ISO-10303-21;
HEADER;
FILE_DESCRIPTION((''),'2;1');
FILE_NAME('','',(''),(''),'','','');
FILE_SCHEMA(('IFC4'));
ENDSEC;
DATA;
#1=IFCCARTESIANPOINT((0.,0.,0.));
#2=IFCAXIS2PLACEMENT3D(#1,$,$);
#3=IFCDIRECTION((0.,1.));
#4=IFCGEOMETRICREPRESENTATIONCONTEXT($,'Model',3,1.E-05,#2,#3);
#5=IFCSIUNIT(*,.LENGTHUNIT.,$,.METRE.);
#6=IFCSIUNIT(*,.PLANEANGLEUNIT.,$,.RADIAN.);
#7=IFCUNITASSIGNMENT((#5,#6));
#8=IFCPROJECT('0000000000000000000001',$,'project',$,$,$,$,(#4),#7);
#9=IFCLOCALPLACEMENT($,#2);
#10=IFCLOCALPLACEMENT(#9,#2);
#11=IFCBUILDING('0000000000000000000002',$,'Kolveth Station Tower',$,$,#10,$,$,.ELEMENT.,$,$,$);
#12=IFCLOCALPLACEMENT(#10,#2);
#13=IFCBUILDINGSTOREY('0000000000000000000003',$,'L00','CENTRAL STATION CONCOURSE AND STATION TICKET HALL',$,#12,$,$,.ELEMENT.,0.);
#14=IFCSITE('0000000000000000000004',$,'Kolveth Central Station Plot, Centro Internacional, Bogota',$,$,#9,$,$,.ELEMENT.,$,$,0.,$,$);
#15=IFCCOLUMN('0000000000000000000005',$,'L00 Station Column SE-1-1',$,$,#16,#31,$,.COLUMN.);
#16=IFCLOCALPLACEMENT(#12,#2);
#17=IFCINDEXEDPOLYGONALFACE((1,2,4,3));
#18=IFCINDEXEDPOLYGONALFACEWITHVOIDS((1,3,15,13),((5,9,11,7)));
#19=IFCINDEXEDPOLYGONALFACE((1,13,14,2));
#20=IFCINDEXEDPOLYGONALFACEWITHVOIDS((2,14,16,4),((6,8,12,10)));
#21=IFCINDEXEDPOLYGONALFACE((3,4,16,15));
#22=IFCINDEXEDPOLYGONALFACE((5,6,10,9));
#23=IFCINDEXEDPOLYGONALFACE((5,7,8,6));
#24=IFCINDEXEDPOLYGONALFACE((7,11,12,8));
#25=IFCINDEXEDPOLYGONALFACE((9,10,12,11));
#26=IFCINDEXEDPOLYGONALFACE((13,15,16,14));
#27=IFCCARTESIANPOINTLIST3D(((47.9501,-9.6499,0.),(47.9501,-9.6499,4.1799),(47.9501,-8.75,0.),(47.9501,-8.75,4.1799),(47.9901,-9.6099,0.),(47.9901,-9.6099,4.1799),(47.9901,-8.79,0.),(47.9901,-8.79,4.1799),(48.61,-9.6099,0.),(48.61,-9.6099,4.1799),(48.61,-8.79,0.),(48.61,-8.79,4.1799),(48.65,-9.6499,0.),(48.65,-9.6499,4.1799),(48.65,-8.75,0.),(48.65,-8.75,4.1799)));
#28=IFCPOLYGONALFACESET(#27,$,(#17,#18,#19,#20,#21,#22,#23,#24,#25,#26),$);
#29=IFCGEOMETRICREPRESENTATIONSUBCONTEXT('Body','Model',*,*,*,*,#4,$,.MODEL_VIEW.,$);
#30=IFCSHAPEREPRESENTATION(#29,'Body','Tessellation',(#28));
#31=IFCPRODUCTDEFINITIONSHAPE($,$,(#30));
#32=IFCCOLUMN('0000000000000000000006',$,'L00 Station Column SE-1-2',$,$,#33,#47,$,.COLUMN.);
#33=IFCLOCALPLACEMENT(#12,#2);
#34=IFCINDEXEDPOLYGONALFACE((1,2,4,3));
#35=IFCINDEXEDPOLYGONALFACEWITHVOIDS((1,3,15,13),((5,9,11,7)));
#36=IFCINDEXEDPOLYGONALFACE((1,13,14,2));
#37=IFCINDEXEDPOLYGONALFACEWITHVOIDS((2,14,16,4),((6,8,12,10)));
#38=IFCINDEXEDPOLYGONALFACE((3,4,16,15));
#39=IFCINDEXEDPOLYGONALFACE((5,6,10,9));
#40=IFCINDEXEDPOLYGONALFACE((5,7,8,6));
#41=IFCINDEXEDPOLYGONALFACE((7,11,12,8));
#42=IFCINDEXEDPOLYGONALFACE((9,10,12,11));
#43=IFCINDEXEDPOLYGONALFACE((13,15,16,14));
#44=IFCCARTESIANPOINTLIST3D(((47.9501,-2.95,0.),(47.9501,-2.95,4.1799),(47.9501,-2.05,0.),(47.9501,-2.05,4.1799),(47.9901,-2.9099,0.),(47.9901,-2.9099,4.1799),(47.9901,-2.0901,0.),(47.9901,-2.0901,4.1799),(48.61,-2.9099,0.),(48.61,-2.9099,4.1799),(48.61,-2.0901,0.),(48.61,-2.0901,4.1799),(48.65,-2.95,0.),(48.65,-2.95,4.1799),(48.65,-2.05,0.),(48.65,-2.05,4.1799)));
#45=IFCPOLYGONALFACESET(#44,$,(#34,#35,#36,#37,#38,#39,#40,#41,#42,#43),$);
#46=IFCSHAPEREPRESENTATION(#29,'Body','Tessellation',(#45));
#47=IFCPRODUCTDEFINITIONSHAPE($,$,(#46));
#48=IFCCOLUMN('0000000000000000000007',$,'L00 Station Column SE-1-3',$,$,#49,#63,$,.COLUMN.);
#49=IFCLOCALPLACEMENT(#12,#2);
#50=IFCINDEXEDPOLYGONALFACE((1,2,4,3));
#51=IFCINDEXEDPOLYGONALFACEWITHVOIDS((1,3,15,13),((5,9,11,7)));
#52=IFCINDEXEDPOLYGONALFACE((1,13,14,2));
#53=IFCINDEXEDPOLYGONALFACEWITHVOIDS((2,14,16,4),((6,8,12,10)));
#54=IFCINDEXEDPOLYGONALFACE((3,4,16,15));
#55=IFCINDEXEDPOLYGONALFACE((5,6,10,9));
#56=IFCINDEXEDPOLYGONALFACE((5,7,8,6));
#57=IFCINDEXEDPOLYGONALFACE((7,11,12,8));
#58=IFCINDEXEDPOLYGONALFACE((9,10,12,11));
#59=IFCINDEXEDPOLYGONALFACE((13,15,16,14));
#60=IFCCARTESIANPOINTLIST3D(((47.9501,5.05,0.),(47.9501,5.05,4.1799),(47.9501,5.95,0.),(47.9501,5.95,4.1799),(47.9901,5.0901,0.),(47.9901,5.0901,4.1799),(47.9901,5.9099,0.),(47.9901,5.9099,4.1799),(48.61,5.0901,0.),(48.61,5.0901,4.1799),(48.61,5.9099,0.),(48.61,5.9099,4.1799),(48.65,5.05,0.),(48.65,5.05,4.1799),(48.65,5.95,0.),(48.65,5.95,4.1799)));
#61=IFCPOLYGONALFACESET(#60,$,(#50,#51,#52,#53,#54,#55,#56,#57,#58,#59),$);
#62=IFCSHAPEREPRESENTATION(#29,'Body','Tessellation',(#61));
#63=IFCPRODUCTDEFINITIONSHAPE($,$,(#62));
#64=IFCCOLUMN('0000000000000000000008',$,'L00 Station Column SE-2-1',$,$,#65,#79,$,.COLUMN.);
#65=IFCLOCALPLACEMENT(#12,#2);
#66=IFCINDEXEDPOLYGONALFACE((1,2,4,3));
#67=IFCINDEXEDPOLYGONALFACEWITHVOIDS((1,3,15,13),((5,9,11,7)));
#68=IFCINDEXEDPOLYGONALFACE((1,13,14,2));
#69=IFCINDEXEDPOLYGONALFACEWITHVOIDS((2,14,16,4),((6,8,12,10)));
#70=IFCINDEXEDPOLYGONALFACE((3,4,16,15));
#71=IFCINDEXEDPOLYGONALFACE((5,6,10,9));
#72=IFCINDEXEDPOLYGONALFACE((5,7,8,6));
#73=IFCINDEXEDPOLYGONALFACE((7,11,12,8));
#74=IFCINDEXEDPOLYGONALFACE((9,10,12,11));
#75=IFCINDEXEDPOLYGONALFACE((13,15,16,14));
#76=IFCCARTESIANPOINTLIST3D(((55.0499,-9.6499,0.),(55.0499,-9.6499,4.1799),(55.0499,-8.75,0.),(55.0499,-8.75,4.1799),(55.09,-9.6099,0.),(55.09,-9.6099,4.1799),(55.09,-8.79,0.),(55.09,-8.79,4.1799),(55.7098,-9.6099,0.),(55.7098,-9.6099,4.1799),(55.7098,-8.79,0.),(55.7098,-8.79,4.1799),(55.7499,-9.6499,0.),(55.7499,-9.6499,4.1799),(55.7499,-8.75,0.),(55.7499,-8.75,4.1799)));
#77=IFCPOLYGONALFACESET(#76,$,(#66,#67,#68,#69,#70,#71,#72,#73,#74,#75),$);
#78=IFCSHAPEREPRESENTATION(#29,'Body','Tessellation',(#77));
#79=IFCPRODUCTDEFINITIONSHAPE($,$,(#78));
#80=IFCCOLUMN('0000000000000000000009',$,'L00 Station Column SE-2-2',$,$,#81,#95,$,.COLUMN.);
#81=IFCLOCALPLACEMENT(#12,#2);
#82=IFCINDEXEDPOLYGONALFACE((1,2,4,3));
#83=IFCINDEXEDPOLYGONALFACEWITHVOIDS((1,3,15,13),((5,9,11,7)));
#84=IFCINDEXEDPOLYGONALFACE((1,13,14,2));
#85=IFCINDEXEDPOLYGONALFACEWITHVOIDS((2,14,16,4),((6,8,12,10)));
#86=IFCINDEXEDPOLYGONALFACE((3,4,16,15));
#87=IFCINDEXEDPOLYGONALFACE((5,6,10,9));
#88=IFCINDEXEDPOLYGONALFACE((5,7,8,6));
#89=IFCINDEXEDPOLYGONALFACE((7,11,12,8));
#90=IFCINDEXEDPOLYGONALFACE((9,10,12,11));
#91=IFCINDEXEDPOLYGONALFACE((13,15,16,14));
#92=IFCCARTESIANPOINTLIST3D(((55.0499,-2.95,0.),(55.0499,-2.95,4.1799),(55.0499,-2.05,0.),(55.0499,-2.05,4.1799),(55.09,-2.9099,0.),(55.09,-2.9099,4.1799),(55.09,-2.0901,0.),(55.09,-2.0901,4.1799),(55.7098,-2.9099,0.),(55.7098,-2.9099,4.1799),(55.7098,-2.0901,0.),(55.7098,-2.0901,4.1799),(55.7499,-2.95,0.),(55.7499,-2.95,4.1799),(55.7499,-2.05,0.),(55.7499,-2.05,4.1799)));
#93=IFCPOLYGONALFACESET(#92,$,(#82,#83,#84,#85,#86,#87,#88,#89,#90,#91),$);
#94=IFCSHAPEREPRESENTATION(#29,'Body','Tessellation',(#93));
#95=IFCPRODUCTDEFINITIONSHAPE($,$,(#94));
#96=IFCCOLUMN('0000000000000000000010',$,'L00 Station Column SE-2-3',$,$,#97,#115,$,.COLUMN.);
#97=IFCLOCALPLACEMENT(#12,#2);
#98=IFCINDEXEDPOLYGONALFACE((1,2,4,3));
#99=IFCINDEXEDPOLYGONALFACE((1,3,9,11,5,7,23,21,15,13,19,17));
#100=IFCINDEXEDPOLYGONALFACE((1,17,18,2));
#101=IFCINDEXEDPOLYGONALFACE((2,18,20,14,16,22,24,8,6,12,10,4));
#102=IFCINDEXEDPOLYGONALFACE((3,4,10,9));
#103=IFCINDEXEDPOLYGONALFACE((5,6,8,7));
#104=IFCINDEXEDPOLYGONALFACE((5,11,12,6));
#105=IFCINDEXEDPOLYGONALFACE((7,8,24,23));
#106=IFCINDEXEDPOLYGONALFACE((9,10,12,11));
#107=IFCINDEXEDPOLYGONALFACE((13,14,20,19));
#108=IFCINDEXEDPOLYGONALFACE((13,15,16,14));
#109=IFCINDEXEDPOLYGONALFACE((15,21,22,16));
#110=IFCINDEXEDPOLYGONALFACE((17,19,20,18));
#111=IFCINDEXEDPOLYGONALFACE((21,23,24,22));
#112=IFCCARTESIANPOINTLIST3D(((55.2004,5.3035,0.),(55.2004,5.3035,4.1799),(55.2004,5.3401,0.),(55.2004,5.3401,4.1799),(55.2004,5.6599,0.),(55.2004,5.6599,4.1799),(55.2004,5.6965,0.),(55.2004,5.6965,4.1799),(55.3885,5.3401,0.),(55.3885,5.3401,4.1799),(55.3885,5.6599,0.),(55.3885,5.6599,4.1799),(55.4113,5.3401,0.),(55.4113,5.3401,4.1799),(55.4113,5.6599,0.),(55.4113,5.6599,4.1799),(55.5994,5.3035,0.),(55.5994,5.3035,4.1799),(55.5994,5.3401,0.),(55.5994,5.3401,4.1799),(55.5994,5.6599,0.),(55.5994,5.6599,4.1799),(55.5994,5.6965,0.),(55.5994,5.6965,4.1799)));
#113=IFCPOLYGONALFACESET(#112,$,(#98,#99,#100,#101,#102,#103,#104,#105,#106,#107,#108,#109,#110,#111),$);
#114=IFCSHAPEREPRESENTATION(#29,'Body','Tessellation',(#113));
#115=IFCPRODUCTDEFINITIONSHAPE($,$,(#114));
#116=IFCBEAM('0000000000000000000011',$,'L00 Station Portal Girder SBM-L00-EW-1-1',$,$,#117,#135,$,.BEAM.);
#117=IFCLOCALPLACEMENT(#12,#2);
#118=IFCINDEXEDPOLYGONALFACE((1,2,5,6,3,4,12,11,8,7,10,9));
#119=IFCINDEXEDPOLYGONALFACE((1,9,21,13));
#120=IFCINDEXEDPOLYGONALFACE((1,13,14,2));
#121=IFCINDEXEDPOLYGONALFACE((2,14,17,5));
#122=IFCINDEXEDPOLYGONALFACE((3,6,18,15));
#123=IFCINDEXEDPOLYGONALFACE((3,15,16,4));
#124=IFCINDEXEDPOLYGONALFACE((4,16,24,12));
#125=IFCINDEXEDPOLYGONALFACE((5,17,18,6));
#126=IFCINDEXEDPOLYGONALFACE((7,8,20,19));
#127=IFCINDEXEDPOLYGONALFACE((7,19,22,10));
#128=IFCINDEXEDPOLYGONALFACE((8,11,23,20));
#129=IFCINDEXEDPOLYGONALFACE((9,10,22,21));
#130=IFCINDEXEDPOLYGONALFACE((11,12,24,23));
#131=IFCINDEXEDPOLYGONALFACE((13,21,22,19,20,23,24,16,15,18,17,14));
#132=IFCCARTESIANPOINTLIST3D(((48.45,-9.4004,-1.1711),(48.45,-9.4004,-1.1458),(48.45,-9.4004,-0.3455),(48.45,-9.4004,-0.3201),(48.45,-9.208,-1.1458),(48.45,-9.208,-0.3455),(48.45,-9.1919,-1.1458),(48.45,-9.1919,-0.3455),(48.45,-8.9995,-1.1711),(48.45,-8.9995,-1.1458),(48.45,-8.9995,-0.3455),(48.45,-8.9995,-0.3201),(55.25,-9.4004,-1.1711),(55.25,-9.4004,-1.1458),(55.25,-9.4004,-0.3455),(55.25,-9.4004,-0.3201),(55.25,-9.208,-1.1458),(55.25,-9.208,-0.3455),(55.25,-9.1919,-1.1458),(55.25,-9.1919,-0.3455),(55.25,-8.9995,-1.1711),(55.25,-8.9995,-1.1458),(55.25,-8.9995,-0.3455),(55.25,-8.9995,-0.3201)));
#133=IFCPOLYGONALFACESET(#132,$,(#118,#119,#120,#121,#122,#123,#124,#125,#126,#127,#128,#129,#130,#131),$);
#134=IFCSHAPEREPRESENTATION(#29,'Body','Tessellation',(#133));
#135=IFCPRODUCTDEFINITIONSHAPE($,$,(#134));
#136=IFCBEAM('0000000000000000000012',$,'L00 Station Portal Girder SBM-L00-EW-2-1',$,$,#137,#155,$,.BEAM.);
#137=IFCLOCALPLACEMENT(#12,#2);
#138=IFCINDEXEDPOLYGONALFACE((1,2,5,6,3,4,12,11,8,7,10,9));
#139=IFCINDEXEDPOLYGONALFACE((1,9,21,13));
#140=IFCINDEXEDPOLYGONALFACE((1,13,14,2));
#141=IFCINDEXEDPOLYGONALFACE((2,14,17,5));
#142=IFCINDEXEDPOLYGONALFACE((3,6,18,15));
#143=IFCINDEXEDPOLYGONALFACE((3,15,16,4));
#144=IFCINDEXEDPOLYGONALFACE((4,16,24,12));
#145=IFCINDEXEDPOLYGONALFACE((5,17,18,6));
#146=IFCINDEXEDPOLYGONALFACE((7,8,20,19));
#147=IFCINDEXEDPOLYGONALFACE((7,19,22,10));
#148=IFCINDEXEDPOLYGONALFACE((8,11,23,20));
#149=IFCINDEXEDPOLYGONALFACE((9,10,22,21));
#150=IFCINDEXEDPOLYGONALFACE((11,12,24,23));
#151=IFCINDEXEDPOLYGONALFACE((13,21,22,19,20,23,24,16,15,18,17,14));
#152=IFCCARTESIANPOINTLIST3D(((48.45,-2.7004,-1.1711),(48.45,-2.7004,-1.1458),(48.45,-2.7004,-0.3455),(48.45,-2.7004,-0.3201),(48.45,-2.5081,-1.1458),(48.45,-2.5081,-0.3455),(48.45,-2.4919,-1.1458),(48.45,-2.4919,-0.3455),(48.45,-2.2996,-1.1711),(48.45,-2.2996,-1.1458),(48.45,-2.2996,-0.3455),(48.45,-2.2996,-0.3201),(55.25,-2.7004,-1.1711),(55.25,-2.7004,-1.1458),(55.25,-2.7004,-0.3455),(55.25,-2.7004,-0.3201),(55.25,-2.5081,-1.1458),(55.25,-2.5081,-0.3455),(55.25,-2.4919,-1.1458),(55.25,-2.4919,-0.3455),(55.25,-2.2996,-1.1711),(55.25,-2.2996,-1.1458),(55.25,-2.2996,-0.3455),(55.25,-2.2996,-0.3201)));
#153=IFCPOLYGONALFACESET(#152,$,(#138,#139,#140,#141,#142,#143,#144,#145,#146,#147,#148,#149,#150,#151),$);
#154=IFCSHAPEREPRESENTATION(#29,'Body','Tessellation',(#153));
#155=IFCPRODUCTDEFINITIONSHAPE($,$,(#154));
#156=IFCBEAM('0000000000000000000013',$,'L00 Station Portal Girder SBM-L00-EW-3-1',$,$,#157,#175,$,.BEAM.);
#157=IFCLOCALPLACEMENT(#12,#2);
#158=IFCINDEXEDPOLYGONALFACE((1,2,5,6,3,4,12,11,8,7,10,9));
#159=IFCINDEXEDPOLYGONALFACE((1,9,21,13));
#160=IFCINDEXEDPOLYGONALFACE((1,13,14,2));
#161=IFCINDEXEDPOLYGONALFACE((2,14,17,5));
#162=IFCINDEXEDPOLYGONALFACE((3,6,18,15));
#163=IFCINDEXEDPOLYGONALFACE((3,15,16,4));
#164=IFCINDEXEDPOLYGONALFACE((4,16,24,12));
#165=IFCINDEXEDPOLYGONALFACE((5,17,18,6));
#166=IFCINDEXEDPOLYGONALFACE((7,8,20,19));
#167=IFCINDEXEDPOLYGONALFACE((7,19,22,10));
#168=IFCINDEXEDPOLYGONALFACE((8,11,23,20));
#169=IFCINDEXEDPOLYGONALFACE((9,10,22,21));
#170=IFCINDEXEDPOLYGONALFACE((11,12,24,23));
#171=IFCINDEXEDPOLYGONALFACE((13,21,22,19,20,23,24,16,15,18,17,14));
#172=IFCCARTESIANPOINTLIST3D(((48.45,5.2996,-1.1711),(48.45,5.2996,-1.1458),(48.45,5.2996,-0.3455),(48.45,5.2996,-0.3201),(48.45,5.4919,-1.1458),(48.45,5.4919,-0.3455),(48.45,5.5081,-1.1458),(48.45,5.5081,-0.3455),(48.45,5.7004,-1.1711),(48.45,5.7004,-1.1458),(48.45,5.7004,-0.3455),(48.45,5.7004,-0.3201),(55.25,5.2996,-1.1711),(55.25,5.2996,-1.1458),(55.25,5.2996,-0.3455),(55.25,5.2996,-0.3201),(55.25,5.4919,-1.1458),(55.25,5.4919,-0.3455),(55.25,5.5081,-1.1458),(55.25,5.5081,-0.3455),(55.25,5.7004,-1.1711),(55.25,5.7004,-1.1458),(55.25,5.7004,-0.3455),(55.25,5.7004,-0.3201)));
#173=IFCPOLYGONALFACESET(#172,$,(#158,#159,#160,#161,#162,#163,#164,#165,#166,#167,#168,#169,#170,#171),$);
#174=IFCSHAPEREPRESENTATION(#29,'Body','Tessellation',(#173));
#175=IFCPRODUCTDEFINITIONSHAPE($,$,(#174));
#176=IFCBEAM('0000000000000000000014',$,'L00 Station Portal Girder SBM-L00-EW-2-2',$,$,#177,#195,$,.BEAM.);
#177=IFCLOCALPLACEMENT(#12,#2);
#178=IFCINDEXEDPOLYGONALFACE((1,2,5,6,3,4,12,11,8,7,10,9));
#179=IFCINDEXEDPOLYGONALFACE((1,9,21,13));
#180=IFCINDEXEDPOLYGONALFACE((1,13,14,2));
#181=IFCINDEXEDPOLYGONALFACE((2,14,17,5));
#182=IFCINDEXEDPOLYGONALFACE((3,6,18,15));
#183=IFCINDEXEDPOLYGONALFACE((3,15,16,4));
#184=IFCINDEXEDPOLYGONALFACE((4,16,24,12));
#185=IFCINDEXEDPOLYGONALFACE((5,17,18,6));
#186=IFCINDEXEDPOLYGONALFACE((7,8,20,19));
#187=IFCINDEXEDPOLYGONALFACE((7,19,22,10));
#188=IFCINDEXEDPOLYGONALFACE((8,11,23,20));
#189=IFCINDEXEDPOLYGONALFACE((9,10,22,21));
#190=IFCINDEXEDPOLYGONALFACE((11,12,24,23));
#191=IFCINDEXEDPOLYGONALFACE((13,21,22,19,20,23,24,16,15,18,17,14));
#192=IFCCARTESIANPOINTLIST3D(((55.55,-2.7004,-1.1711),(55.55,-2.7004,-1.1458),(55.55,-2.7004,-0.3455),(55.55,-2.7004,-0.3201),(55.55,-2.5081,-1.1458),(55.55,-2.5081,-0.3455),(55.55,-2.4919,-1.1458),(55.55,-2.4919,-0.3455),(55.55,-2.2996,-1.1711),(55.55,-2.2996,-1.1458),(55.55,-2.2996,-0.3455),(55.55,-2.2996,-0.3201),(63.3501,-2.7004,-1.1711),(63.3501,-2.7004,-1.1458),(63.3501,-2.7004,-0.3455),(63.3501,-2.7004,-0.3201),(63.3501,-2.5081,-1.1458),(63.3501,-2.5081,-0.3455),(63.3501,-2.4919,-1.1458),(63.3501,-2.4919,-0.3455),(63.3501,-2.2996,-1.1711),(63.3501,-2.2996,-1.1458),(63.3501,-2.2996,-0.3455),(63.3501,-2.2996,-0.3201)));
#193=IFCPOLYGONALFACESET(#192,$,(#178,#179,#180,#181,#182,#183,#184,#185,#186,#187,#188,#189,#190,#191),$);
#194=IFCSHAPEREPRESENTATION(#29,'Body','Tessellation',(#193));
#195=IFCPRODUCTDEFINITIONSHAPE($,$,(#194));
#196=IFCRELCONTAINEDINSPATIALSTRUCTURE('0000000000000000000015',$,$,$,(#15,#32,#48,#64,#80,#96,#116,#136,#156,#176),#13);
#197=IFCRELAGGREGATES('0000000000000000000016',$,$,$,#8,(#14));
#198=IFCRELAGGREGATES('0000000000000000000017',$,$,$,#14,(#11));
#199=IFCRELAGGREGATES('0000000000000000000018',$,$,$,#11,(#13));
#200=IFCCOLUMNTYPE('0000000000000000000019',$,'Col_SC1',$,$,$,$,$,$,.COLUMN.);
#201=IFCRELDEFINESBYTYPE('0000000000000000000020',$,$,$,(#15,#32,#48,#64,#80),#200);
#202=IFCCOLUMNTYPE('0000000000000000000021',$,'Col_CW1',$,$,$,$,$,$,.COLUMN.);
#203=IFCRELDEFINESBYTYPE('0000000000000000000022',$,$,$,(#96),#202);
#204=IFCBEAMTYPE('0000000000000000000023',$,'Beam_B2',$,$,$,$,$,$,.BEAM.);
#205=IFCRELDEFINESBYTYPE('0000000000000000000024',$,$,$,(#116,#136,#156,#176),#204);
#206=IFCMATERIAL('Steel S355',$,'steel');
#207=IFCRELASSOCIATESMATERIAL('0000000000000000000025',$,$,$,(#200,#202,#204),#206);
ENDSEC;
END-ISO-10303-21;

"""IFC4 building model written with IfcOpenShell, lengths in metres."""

from ifc_helpers import new_model, si_unit, direction, frame, origin, origin_2d, place, context, subcontext, project, spatial, hollow_rectangle, i_section, extrude, source, transform, mapped, material, material_profile, profile_set, type_object, element, save


model = new_model("IFC4")

# Units and contexts
model_context = context("Model", 3, precision=1e-05, world=origin(), true_north=direction((0.0, 1.0)))
body_context = subcontext(model_context, "Body", "Model", "MODEL_VIEW")
ifc_project = project(units=[si_unit("LENGTHUNIT", "METRE"), si_unit("PLANEANGLEUNIT", "RADIAN")], contexts=[model_context])

# Site, building, storey
site_placement = place(None, origin())
site = spatial("IfcSite", under=ifc_project, at=site_placement, Name="Kolveth Central Station Plot, Centro Internacional, Bogota", CompositionType="ELEMENT", RefElevation=0.0)
building_placement = place(site_placement, origin())
building = spatial("IfcBuilding", under=site, at=building_placement, Name="Kolveth Station Tower", CompositionType="ELEMENT")
storey_placement = place(building_placement, origin())
storey = spatial("IfcBuildingStorey", under=building, at=storey_placement, Name="L00", Description="CENTRAL STATION CONCOURSE AND STATION TICKET HALL", CompositionType="ELEMENT", Elevation=0.0)

# Columns
ifc_material_1 = material(Name="Steel S355", Category="steel")
ifc_material_profile_1 = material_profile(ifc_material_1, hollow_rectangle(XDim=0.7, YDim=0.8999, WallThickness=0.04, at=origin_2d()), Name="BOX900x700x40")
ifc_profile_set_1 = profile_set([ifc_material_profile_1], Name="Steel S355")
column_type_1 = type_object("IfcColumnType", Name="Col_SC1", PredefinedType="COLUMN", material=ifc_profile_set_1)
shared_shape_1 = source(origin(), body_context, "Body", "SweptSolid", [
    extrude(hollow_rectangle(XDim=0.7, YDim=0.8999, WallThickness=0.04, at=origin_2d()), origin(), (0.0, 0.0, 1.0), 4.1799),
])
for number, where, z_axis, x_axis, name in (
    (1, (48.3, -9.2, 0.0), (0.0, 0.0, 1.0), (1.0, 0.0, 0.0), "L00 Station Column SE-1-1"),
    (2, (48.3, -2.5, 0.0), (0.0, 0.0, 1.0), (1.0, 0.0, 0.0), "L00 Station Column SE-1-2"),
    (3, (48.3, 5.5, 0.0), (0.0, 0.0, 1.0), (1.0, 0.0, 0.0), "L00 Station Column SE-1-3"),
    (4, (55.3999, -9.2, 0.0), (0.0, 0.0, 1.0), (1.0, 0.0, 0.0), "L00 Station Column SE-2-1"),
    (5, (55.3999, -2.5, 0.0), (0.0, 0.0, 1.0), (1.0, 0.0, 0.0), "L00 Station Column SE-2-2"),
):
    element("IfcColumn", number, at=place(storey_placement, frame(where, z_axis=z_axis, x_axis=x_axis)), inside=storey, type_object=column_type_1, Name=name, PredefinedType="COLUMN", context=body_context, shape_type="MappedRepresentation", body=[
        mapped(shared_shape_1, transform((0.0, 0.0, 0.0), x_axis=(1.0, 0.0, 0.0), y_axis=(0.0, 1.0, 0.0), z_axis=(0.0, 0.0, 1.0), scale=1.0)),
    ])
ifc_material_profile_2 = material_profile(ifc_material_1, i_section(OverallWidth=0.3989, OverallDepth=0.3931, WebThickness=0.0227, FlangeThickness=0.0366, at=origin_2d()), Name="W360x287")
ifc_profile_set_2 = profile_set([ifc_material_profile_2], Name="Steel S355")
column_type_2 = type_object("IfcColumnType", Name="Col_CW1", PredefinedType="COLUMN", material=ifc_profile_set_2)
shared_shape_2 = source(origin(), body_context, "Body", "SweptSolid", [
    extrude(i_section(OverallWidth=0.3989, OverallDepth=0.3931, WebThickness=0.0227, FlangeThickness=0.0366, at=origin_2d()), origin(), (0.0, 0.0, 1.0), 4.1799),
])
column_placement = place(storey_placement, frame((55.3999, 5.5, 0.0), z_axis=(0.0, 0.0, 1.0), x_axis=(1.0, 0.0, 0.0)))
element("IfcColumn", 6, at=column_placement, inside=storey, type_object=column_type_2, Name="L00 Station Column SE-2-3", PredefinedType="COLUMN", context=body_context, shape_type="MappedRepresentation", body=[
    mapped(shared_shape_2, transform((0.0, 0.0, 0.0), x_axis=(1.0, 0.0, 0.0), y_axis=(0.0, 1.0, 0.0), z_axis=(0.0, 0.0, 1.0), scale=1.0)),
])

# Beams
ifc_material_profile_3 = material_profile(ifc_material_1, i_section(OverallWidth=0.4009, OverallDepth=0.8511, WebThickness=0.0161, FlangeThickness=0.0254, at=origin_2d()), Name="W840x226")
ifc_profile_set_3 = profile_set([ifc_material_profile_3], Name="Steel S355")
beam_type_1 = type_object("IfcBeamType", Name="Beam_B2", PredefinedType="BEAM", material=ifc_profile_set_3)
shared_shape_3 = source(origin(), body_context, "Body", "SweptSolid", [
    extrude(i_section(OverallWidth=0.4009, OverallDepth=0.8511, WebThickness=0.0161, FlangeThickness=0.0254, at=origin_2d()), origin(), (0.0, 0.0, 1.0), 6.8),
])
for number, where, z_axis, x_axis, name in (
    (7, (48.45, -9.2, -0.7456), (1.0, 0.0, 0.0), (0.0, 1.0, 0.0), "L00 Station Portal Girder SBM-L00-EW-1-1"),
    (8, (48.45, -2.5, -0.7456), (1.0, 0.0, 0.0), (0.0, 1.0, 0.0), "L00 Station Portal Girder SBM-L00-EW-2-1"),
    (9, (48.45, 5.5, -0.7456), (1.0, 0.0, 0.0), (0.0, 1.0, 0.0), "L00 Station Portal Girder SBM-L00-EW-3-1"),
):
    element("IfcBeam", number, at=place(storey_placement, frame(where, z_axis=z_axis, x_axis=x_axis)), inside=storey, type_object=beam_type_1, Name=name, PredefinedType="BEAM", context=body_context, shape_type="MappedRepresentation", body=[
        mapped(shared_shape_3, transform((0.0, 0.0, 0.0), x_axis=(1.0, 0.0, 0.0), y_axis=(0.0, 1.0, 0.0), z_axis=(0.0, 0.0, 1.0), scale=1.0)),
    ])
shared_shape_4 = source(origin(), body_context, "Body", "SweptSolid", [
    extrude(i_section(OverallWidth=0.4009, OverallDepth=0.8511, WebThickness=0.0161, FlangeThickness=0.0254, at=origin_2d()), origin(), (0.0, 0.0, 1.0), 7.8),
])
for number, where, z_axis, x_axis, name in (
    (10, (55.55, -2.5, -0.7456), (1.0, 0.0, 0.0), (0.0, 1.0, 0.0), "L00 Station Portal Girder SBM-L00-EW-2-2"),
):
    element("IfcBeam", number, at=place(storey_placement, frame(where, z_axis=z_axis, x_axis=x_axis)), inside=storey, type_object=beam_type_1, Name=name, PredefinedType="BEAM", context=body_context, shape_type="MappedRepresentation", body=[
        mapped(shared_shape_4, transform((0.0, 0.0, 0.0), x_axis=(1.0, 0.0, 0.0), y_axis=(0.0, 1.0, 0.0), z_axis=(0.0, 0.0, 1.0), scale=1.0)),
    ])

save(model, "model.ifc")
